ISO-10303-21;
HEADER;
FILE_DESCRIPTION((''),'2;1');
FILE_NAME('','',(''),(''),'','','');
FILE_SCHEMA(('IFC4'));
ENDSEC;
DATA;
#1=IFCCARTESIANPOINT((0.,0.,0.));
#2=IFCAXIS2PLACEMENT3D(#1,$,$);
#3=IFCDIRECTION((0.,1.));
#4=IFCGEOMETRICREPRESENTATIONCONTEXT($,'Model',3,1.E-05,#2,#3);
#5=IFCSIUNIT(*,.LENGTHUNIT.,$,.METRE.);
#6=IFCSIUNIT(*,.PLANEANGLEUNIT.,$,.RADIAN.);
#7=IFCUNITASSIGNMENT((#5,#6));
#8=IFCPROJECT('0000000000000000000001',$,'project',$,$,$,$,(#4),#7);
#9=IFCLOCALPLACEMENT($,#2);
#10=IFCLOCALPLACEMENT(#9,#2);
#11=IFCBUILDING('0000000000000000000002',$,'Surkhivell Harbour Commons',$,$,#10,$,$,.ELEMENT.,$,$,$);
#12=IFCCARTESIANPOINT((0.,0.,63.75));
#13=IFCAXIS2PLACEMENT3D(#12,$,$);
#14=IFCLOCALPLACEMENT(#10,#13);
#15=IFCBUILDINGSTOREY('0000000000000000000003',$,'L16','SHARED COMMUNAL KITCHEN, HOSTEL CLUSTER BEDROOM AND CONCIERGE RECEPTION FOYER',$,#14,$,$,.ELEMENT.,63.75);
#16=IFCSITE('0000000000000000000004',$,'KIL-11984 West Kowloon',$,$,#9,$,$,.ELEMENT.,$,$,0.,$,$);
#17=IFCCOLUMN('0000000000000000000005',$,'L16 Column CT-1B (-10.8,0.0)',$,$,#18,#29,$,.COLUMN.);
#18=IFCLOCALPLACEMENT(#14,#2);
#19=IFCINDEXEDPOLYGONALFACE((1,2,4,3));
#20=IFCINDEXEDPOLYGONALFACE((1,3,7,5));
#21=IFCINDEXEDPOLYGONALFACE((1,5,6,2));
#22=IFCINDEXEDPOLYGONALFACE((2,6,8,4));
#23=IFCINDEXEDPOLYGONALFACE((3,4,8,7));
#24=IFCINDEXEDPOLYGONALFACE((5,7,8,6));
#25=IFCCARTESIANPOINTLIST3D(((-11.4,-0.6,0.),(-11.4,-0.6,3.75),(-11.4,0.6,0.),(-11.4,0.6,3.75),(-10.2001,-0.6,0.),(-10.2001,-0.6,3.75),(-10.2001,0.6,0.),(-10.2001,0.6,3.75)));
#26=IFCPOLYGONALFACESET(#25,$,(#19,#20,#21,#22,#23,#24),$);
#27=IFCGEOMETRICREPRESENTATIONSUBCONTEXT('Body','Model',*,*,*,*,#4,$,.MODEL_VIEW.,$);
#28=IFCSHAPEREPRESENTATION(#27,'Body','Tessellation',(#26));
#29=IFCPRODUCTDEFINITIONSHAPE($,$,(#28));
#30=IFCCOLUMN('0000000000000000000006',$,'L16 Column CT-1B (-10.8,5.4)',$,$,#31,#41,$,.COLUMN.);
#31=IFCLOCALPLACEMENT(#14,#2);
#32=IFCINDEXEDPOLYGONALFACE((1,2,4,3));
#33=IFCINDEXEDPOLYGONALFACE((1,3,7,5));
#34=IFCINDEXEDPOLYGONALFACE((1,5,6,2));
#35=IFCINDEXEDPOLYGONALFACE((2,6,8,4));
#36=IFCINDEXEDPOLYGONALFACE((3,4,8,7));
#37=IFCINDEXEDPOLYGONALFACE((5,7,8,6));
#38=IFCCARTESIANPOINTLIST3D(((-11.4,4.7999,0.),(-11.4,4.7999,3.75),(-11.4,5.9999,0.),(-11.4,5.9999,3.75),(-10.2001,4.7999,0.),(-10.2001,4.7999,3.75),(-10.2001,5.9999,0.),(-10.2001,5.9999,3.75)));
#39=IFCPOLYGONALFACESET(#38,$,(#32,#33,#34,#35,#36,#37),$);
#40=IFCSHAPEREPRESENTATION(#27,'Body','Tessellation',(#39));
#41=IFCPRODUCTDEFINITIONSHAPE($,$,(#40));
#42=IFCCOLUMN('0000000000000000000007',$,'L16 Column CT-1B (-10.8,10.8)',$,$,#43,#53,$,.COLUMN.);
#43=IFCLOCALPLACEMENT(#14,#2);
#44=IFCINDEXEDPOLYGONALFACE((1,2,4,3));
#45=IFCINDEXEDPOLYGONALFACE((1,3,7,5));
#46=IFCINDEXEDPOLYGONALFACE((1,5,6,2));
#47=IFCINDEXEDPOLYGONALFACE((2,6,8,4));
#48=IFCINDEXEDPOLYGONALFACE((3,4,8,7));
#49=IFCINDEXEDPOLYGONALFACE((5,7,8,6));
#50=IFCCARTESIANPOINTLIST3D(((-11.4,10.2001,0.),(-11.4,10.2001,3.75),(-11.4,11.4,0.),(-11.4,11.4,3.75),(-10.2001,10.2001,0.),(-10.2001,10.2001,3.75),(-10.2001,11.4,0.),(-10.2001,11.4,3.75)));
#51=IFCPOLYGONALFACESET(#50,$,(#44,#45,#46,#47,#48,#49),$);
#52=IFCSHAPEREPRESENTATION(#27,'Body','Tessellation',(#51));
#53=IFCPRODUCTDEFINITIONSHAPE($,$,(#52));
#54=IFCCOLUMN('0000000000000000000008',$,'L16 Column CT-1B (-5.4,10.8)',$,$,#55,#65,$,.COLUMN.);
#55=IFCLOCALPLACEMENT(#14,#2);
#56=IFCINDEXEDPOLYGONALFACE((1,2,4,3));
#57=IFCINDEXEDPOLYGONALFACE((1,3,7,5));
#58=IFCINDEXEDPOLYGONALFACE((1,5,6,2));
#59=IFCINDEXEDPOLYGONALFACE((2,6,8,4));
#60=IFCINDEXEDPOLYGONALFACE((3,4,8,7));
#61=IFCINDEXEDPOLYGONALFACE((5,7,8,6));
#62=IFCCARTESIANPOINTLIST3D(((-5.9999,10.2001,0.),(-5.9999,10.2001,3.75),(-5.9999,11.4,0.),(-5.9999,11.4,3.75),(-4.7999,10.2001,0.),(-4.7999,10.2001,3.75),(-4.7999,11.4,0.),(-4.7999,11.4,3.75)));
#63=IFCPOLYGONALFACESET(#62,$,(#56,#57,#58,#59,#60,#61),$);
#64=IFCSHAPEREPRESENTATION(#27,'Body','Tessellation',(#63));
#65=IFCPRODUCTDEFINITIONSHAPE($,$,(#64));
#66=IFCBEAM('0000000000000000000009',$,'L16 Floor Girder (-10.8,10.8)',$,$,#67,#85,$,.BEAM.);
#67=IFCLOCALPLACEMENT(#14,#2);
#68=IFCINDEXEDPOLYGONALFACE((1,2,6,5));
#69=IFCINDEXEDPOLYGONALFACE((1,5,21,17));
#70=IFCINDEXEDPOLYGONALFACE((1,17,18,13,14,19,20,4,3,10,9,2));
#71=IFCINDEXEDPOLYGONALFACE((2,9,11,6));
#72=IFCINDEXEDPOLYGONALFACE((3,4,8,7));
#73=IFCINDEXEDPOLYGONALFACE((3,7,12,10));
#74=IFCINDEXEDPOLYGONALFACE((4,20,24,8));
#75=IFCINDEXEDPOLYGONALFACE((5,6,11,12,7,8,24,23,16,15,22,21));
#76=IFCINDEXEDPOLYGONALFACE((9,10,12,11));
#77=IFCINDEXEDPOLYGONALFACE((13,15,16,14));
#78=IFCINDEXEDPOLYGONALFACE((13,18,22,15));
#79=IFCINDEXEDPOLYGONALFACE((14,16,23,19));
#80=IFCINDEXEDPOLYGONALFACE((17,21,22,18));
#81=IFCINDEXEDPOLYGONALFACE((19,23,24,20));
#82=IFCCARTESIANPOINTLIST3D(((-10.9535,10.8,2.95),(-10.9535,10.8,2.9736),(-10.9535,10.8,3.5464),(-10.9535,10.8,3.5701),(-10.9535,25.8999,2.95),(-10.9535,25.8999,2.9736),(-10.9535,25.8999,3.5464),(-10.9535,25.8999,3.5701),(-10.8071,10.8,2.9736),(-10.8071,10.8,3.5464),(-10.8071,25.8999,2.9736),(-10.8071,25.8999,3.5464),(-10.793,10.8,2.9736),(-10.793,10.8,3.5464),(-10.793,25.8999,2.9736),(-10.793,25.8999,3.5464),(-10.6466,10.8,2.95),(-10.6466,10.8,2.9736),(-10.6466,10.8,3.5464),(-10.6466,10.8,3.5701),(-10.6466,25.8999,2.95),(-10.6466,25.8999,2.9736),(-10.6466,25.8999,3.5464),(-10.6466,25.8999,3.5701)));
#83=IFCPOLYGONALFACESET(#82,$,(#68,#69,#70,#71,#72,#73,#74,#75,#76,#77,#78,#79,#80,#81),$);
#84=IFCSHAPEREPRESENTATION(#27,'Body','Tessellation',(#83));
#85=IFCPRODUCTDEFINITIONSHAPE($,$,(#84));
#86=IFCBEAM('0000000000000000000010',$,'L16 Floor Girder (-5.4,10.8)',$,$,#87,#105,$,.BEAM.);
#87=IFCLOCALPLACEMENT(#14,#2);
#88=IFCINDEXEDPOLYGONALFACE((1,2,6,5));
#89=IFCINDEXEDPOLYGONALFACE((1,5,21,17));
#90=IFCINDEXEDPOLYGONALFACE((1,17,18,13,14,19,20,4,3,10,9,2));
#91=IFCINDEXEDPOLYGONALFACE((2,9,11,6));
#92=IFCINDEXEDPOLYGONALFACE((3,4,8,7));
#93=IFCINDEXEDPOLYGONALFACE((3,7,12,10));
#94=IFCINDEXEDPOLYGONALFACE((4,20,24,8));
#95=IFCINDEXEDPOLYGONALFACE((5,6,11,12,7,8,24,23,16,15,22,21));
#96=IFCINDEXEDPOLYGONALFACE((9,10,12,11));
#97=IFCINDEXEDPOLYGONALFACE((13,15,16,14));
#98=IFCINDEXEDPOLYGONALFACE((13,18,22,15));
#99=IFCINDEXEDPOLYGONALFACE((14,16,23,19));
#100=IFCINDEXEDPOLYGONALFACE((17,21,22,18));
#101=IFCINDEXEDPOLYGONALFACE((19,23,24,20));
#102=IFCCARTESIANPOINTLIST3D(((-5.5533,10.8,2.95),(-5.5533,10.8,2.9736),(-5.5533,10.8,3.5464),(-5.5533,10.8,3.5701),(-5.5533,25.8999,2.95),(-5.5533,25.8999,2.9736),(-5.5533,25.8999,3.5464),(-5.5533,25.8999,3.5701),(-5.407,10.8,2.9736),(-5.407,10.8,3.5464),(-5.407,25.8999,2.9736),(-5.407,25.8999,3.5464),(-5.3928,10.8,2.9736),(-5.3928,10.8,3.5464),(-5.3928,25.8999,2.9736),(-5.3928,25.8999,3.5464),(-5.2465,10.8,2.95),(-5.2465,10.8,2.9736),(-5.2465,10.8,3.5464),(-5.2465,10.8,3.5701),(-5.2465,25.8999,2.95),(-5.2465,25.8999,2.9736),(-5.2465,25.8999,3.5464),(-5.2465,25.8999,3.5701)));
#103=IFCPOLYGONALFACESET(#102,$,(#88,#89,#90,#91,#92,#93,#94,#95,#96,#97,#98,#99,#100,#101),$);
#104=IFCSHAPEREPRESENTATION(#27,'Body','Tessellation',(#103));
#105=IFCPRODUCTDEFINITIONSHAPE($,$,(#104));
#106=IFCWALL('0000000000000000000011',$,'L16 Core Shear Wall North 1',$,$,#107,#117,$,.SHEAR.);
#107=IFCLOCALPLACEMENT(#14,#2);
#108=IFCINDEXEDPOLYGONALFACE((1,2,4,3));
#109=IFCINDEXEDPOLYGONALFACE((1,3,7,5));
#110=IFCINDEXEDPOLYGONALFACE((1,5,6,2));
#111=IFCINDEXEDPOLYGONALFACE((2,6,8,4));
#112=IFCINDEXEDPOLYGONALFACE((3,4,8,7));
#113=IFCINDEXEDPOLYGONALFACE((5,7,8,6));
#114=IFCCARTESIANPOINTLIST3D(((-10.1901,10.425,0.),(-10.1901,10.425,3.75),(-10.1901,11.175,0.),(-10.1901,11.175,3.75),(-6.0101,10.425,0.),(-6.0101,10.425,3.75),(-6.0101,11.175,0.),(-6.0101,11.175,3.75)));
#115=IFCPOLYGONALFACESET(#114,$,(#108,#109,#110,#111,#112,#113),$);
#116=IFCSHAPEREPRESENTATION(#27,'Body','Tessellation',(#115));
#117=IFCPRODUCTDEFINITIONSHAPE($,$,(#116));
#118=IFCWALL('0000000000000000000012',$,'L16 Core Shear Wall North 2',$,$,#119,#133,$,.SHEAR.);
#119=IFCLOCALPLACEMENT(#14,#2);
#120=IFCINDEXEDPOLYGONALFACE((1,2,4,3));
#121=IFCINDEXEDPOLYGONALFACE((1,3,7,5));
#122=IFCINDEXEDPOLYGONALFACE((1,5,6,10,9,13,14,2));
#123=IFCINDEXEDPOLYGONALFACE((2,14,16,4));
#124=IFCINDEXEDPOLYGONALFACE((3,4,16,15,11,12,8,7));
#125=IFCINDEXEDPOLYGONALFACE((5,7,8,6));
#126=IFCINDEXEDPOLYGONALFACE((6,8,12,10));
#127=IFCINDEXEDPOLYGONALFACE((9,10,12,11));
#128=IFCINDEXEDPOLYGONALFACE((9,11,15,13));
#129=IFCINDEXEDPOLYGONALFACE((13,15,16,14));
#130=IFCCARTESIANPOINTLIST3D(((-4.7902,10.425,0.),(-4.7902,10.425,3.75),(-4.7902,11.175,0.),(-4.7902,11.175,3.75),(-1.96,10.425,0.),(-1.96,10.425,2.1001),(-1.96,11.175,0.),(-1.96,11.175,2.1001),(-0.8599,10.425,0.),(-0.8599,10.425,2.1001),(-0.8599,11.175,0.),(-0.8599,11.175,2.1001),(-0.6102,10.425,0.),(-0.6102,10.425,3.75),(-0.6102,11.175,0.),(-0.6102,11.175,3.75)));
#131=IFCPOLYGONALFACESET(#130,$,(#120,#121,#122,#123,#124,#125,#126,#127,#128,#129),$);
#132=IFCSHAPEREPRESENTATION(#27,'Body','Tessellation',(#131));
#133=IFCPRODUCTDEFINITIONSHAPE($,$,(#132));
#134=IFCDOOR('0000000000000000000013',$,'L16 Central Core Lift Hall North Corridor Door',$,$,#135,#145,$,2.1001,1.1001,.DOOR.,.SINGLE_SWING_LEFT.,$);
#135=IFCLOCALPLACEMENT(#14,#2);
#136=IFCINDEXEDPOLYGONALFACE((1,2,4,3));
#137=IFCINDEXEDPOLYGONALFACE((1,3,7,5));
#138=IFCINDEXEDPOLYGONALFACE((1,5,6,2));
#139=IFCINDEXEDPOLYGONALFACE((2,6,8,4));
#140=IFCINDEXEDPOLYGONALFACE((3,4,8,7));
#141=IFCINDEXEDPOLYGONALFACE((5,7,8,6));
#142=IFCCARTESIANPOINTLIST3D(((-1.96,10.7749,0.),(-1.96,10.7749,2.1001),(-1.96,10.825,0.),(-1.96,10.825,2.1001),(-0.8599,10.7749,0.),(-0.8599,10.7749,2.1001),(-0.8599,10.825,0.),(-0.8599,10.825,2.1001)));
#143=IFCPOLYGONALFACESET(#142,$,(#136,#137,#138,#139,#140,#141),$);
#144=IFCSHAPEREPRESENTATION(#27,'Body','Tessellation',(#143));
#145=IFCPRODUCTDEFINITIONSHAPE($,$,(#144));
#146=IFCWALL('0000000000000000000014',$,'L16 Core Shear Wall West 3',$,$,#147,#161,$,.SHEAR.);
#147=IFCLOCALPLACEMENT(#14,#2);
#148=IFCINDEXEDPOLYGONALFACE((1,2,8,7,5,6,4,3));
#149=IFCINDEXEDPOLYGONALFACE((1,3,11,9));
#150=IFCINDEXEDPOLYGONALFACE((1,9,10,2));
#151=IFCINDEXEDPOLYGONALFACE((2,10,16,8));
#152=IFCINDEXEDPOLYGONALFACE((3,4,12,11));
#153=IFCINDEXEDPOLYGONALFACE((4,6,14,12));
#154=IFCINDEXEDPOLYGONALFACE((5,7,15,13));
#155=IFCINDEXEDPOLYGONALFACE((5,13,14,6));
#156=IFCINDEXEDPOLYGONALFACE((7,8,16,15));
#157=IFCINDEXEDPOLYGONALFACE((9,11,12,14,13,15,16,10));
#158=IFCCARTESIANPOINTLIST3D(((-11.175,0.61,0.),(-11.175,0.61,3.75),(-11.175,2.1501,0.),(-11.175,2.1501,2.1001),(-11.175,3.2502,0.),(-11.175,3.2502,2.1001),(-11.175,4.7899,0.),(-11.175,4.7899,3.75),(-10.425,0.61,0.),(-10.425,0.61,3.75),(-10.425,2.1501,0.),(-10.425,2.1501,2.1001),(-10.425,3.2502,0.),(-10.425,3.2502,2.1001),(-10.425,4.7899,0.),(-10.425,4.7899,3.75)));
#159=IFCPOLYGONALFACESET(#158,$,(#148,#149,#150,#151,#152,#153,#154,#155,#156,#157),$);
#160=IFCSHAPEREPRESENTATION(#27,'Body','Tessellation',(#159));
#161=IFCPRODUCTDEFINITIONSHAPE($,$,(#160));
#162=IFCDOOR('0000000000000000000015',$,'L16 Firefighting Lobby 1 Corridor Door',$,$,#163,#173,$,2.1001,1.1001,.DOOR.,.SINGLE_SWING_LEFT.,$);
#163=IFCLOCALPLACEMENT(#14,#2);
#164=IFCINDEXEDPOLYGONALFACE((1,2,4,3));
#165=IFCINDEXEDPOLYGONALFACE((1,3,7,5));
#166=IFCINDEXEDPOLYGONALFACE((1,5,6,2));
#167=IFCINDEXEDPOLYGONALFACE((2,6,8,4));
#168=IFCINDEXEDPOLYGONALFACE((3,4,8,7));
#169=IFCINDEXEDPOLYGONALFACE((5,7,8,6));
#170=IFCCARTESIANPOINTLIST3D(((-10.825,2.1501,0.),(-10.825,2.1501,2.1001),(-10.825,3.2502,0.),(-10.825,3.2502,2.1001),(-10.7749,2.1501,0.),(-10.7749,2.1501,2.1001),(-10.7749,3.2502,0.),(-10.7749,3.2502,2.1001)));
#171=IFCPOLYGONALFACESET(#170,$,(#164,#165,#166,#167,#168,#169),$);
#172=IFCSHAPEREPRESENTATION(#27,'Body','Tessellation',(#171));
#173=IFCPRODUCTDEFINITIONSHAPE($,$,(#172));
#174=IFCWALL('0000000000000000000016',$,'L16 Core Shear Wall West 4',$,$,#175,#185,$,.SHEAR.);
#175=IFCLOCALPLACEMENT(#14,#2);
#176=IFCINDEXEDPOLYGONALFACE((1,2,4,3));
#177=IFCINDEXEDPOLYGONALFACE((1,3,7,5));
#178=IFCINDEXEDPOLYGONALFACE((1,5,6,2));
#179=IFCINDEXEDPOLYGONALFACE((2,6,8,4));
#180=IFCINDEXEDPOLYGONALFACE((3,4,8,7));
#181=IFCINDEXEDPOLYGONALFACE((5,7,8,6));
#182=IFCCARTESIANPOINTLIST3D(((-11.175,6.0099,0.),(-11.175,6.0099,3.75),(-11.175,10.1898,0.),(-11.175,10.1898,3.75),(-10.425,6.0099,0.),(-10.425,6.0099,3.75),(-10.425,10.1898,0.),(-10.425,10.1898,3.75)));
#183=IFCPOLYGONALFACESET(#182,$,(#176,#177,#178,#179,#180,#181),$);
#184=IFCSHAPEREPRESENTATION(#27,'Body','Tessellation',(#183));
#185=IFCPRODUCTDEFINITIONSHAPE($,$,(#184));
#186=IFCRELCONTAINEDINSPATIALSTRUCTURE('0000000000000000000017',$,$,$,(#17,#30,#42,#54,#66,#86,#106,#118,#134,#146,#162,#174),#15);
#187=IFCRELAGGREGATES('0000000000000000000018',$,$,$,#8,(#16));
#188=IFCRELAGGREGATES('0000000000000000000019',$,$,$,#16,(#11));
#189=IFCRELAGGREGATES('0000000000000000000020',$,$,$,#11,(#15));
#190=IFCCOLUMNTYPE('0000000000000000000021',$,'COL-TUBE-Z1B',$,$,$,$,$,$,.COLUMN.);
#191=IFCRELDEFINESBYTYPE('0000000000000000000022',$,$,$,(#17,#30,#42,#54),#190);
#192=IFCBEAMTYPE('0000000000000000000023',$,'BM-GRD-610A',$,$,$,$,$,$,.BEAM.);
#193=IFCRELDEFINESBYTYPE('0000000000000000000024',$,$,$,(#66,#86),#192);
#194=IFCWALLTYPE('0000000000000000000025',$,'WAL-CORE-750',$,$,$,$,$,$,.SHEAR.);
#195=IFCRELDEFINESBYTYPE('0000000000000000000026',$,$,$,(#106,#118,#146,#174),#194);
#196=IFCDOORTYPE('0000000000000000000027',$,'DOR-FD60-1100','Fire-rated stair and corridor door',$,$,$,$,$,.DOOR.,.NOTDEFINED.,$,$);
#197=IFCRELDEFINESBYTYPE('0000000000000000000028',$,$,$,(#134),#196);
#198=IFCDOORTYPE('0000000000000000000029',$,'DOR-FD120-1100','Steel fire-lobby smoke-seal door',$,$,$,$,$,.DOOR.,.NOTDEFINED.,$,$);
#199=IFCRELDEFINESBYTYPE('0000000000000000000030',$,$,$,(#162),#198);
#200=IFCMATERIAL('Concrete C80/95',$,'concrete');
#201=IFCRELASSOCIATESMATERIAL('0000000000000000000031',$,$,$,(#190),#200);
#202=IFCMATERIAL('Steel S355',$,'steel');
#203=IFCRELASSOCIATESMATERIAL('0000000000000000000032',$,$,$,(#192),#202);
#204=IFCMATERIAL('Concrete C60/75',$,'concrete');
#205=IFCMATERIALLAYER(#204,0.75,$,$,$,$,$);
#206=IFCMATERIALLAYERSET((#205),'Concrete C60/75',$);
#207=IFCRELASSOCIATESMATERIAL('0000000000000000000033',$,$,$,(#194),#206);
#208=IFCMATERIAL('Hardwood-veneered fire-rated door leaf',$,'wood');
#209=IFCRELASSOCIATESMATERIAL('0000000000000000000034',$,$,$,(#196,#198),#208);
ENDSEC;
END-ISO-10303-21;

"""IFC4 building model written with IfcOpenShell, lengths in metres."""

from ifc_helpers import new_model, si_unit, direction, frame, frame_2d, origin, origin_2d, place, context, subcontext, project, spatial, rectangle, i_section, extrude, material, layer, layer_set, material_profile, profile_set, type_object, element, fill, save


model = new_model("IFC4")

# Units and contexts
model_context = context("Model", 3, precision=1e-05, world=origin(), true_north=direction((0.0, 1.0)))
body_context = subcontext(model_context, "Body", "Model", "MODEL_VIEW")
ifc_project = project(units=[si_unit("LENGTHUNIT", "METRE"), si_unit("PLANEANGLEUNIT", "RADIAN")], contexts=[model_context])

# Site, building, storey
site_placement = place(None, origin())
site = spatial("IfcSite", under=ifc_project, at=site_placement, Name="KIL-11984 West Kowloon", CompositionType="ELEMENT", RefElevation=0.0)
building_placement = place(site_placement, origin())
building = spatial("IfcBuilding", under=site, at=building_placement, Name="Surkhivell Harbour Commons", CompositionType="ELEMENT")
storey_placement = place(building_placement, frame((0.0, 0.0, 63.75)))
storey = spatial("IfcBuildingStorey", under=building, at=storey_placement, Name="L16", Description="SHARED COMMUNAL KITCHEN, HOSTEL CLUSTER BEDROOM AND CONCIERGE RECEPTION FOYER", CompositionType="ELEMENT", Elevation=63.75)

# Columns
ifc_material_1 = material(Name="Concrete C80/95", Category="concrete")
ifc_material_profile_1 = material_profile(ifc_material_1, rectangle(XDim=1.2, YDim=1.2, at=origin_2d()), Name="RC-COL-1200x1200")
ifc_profile_set_1 = profile_set([ifc_material_profile_1], Name="Concrete C80/95")
column_type = type_object("IfcColumnType", Name="COL-TUBE-Z1B", PredefinedType="COLUMN", material=ifc_profile_set_1)
for number, where, z_axis, x_axis, name in (
    (1, (-10.8, 0.0, 0.0), (0.0, 0.0, 1.0), (1.0, 0.0, 0.0), "L16 Column CT-1B (-10.8,0.0)"),
    (2, (-10.8, 5.3999, 0.0), (0.0, 0.0, 1.0), (1.0, 0.0, 0.0), "L16 Column CT-1B (-10.8,5.4)"),
    (3, (-10.8, 10.8, 0.0), (0.0, 0.0, 1.0), (1.0, 0.0, 0.0), "L16 Column CT-1B (-10.8,10.8)"),
    (4, (-5.3999, 10.8, 0.0), (0.0, 0.0, 1.0), (1.0, 0.0, 0.0), "L16 Column CT-1B (-5.4,10.8)"),
):
    element("IfcColumn", number, at=place(storey_placement, frame(where, z_axis=z_axis, x_axis=x_axis)), inside=storey, type_object=column_type, Name=name, PredefinedType="COLUMN", context=body_context, shape_type="SweptSolid", body=[
        extrude(rectangle(XDim=1.2, YDim=1.2, at=origin_2d()), origin(), (0.0, 0.0, 1.0), 3.75),
    ])

# Beams
ifc_material_2 = material(Name="Steel S355", Category="steel")
ifc_material_profile_2 = material_profile(ifc_material_2, i_section(OverallWidth=0.3069, OverallDepth=0.6201, WebThickness=0.0142, FlangeThickness=0.0237, at=origin_2d()), Name="UB610x305x179")
ifc_profile_set_2 = profile_set([ifc_material_profile_2], Name="Steel S355")
beam_type = type_object("IfcBeamType", Name="BM-GRD-610A", PredefinedType="BEAM", material=ifc_profile_set_2)
for number, where, z_axis, x_axis, name in (
    (5, (-10.8, 10.8, 3.26), (0.0, 1.0, 0.0), (-1.0, 0.0, 0.0), "L16 Floor Girder (-10.8,10.8)"),
    (6, (-5.3999, 10.8, 3.26), (0.0, 1.0, 0.0), (-1.0, 0.0, 0.0), "L16 Floor Girder (-5.4,10.8)"),
):
    element("IfcBeam", number, at=place(storey_placement, frame(where, z_axis=z_axis, x_axis=x_axis)), inside=storey, type_object=beam_type, Name=name, PredefinedType="BEAM", context=body_context, shape_type="SweptSolid", body=[
        extrude(i_section(OverallWidth=0.3069, OverallDepth=0.6201, WebThickness=0.0142, FlangeThickness=0.0237, at=origin_2d()), origin(), (0.0, 0.0, 1.0), 15.0999),
    ])

# Wall
ifc_material_3 = material(Name="Concrete C60/75", Category="concrete")
ifc_layer_1 = layer(ifc_material_3, 0.75)
ifc_layer_set_1 = layer_set([ifc_layer_1], Name="Concrete C60/75")
wall_type_1 = type_object("IfcWallType", Name="WAL-CORE-750", PredefinedType="SHEAR", material=ifc_layer_set_1)
wall_1_placement = place(storey_placement, frame((-10.1899, 10.8, 0.0), z_axis=(0.0, 0.0, 1.0), x_axis=(1.0, 0.0, 0.0)))
element("IfcWall", 7, at=wall_1_placement, inside=storey, type_object=wall_type_1, Name="L16 Core Shear Wall North 1", PredefinedType="SHEAR", context=body_context, shape_type="SweptSolid", body=[
    extrude(rectangle(XDim=4.1799, YDim=0.75, at=frame_2d((2.0898, 0.0))), origin(), (0.0, 0.0, 1.0), 3.75),
])

# Walls, openings, doors
wall_2_placement = place(storey_placement, frame((-4.79, 10.8, 0.0), z_axis=(0.0, 0.0, 1.0), x_axis=(1.0, 0.0, 0.0)))
wall_2 = element("IfcWall", 8, at=wall_2_placement, inside=storey, type_object=wall_type_1, Name="L16 Core Shear Wall North 2", PredefinedType="SHEAR", context=body_context, shape_type="SweptSolid", body=[
    extrude(rectangle(XDim=4.1799, YDim=0.75, at=frame_2d((2.0898, 0.0))), origin(), (0.0, 0.0, 1.0), 3.75),
])
opening_1_placement = place(wall_2_placement, frame((2.8301, 0.0, 0.0)))
opening_1 = element("IfcOpeningElement", 9, at=opening_1_placement, cuts=wall_2, PredefinedType="OPENING", context=body_context, shape_type="SweptSolid", body=[
    extrude(rectangle(XDim=1.1001, YDim=2.1001, at=frame_2d((0.55, 1.05))), frame((0.0, 0.385, 0.0), z_axis=(0.0, -1.0, 0.0), x_axis=(1.0, 0.0, 0.0)), (0.0, 0.0, 1.0), 0.77),
])
ifc_material_4 = material(Name="Hardwood-veneered fire-rated door leaf", Category="wood")
door_type_1 = type_object("IfcDoorType", Name="DOR-FD60-1100", Description="Fire-rated stair and corridor door", OperationType="NOTDEFINED", PredefinedType="DOOR", material=ifc_material_4)
door_1_placement = place(opening_1_placement, origin())
door_1 = element("IfcDoor", 10, at=door_1_placement, inside=storey, type_object=door_type_1, Name="L16 Central Core Lift Hall North Corridor Door", OperationType="SINGLE_SWING_LEFT", OverallHeight=2.1001, OverallWidth=1.1001, PredefinedType="DOOR", context=body_context, shape_type="SweptSolid", body=[
    extrude(rectangle(XDim=1.1001, YDim=2.1001, at=frame_2d((0.55, 1.05))), frame((0.0, 0.0249, 0.0), z_axis=(0.0, -1.0, 0.0), x_axis=(1.0, 0.0, 0.0)), (0.0, 0.0, 1.0), 0.05),
])
fill(opening_1, door_1)
wall_3_placement = place(storey_placement, frame((-10.8, 0.6101, 0.0), z_axis=(0.0, 0.0, 1.0), x_axis=(0.0, 1.0, 0.0)))
wall_3 = element("IfcWall", 11, at=wall_3_placement, inside=storey, type_object=wall_type_1, Name="L16 Core Shear Wall West 3", PredefinedType="SHEAR", context=body_context, shape_type="SweptSolid", body=[
    extrude(rectangle(XDim=4.1799, YDim=0.75, at=frame_2d((2.0898, 0.0))), origin(), (0.0, 0.0, 1.0), 3.75),
])
opening_2_placement = place(wall_3_placement, frame((1.54, 0.0, 0.0)))
opening_2 = element("IfcOpeningElement", 12, at=opening_2_placement, cuts=wall_3, PredefinedType="OPENING", context=body_context, shape_type="SweptSolid", body=[
    extrude(rectangle(XDim=1.1001, YDim=2.1001, at=frame_2d((0.55, 1.05))), frame((0.0, 0.385, 0.0), z_axis=(0.0, -1.0, 0.0), x_axis=(1.0, 0.0, 0.0)), (0.0, 0.0, 1.0), 0.77),
])
door_type_2 = type_object("IfcDoorType", Name="DOR-FD120-1100", Description="Steel fire-lobby smoke-seal door", OperationType="NOTDEFINED", PredefinedType="DOOR", material=ifc_material_4)
door_2_placement = place(opening_2_placement, origin())
door_2 = element("IfcDoor", 13, at=door_2_placement, inside=storey, type_object=door_type_2, Name="L16 Firefighting Lobby 1 Corridor Door", OperationType="SINGLE_SWING_LEFT", OverallHeight=2.1001, OverallWidth=1.1001, PredefinedType="DOOR", context=body_context, shape_type="SweptSolid", body=[
    extrude(rectangle(XDim=1.1001, YDim=2.1001, at=frame_2d((0.55, 1.05))), frame((0.0, 0.0249, 0.0), z_axis=(0.0, -1.0, 0.0), x_axis=(1.0, 0.0, 0.0)), (0.0, 0.0, 1.0), 0.05),
])
fill(opening_2, door_2)

# Wall
wall_4_placement = place(storey_placement, frame((-10.8, 6.01, 0.0), z_axis=(0.0, 0.0, 1.0), x_axis=(0.0, 1.0, 0.0)))
element("IfcWall", 14, at=wall_4_placement, inside=storey, type_object=wall_type_1, Name="L16 Core Shear Wall West 4", PredefinedType="SHEAR", context=body_context, shape_type="SweptSolid", body=[
    extrude(rectangle(XDim=4.1799, YDim=0.75, at=frame_2d((2.0898, 0.0))), origin(), (0.0, 0.0, 1.0), 3.75),
])

save(model, "model.ifc")
